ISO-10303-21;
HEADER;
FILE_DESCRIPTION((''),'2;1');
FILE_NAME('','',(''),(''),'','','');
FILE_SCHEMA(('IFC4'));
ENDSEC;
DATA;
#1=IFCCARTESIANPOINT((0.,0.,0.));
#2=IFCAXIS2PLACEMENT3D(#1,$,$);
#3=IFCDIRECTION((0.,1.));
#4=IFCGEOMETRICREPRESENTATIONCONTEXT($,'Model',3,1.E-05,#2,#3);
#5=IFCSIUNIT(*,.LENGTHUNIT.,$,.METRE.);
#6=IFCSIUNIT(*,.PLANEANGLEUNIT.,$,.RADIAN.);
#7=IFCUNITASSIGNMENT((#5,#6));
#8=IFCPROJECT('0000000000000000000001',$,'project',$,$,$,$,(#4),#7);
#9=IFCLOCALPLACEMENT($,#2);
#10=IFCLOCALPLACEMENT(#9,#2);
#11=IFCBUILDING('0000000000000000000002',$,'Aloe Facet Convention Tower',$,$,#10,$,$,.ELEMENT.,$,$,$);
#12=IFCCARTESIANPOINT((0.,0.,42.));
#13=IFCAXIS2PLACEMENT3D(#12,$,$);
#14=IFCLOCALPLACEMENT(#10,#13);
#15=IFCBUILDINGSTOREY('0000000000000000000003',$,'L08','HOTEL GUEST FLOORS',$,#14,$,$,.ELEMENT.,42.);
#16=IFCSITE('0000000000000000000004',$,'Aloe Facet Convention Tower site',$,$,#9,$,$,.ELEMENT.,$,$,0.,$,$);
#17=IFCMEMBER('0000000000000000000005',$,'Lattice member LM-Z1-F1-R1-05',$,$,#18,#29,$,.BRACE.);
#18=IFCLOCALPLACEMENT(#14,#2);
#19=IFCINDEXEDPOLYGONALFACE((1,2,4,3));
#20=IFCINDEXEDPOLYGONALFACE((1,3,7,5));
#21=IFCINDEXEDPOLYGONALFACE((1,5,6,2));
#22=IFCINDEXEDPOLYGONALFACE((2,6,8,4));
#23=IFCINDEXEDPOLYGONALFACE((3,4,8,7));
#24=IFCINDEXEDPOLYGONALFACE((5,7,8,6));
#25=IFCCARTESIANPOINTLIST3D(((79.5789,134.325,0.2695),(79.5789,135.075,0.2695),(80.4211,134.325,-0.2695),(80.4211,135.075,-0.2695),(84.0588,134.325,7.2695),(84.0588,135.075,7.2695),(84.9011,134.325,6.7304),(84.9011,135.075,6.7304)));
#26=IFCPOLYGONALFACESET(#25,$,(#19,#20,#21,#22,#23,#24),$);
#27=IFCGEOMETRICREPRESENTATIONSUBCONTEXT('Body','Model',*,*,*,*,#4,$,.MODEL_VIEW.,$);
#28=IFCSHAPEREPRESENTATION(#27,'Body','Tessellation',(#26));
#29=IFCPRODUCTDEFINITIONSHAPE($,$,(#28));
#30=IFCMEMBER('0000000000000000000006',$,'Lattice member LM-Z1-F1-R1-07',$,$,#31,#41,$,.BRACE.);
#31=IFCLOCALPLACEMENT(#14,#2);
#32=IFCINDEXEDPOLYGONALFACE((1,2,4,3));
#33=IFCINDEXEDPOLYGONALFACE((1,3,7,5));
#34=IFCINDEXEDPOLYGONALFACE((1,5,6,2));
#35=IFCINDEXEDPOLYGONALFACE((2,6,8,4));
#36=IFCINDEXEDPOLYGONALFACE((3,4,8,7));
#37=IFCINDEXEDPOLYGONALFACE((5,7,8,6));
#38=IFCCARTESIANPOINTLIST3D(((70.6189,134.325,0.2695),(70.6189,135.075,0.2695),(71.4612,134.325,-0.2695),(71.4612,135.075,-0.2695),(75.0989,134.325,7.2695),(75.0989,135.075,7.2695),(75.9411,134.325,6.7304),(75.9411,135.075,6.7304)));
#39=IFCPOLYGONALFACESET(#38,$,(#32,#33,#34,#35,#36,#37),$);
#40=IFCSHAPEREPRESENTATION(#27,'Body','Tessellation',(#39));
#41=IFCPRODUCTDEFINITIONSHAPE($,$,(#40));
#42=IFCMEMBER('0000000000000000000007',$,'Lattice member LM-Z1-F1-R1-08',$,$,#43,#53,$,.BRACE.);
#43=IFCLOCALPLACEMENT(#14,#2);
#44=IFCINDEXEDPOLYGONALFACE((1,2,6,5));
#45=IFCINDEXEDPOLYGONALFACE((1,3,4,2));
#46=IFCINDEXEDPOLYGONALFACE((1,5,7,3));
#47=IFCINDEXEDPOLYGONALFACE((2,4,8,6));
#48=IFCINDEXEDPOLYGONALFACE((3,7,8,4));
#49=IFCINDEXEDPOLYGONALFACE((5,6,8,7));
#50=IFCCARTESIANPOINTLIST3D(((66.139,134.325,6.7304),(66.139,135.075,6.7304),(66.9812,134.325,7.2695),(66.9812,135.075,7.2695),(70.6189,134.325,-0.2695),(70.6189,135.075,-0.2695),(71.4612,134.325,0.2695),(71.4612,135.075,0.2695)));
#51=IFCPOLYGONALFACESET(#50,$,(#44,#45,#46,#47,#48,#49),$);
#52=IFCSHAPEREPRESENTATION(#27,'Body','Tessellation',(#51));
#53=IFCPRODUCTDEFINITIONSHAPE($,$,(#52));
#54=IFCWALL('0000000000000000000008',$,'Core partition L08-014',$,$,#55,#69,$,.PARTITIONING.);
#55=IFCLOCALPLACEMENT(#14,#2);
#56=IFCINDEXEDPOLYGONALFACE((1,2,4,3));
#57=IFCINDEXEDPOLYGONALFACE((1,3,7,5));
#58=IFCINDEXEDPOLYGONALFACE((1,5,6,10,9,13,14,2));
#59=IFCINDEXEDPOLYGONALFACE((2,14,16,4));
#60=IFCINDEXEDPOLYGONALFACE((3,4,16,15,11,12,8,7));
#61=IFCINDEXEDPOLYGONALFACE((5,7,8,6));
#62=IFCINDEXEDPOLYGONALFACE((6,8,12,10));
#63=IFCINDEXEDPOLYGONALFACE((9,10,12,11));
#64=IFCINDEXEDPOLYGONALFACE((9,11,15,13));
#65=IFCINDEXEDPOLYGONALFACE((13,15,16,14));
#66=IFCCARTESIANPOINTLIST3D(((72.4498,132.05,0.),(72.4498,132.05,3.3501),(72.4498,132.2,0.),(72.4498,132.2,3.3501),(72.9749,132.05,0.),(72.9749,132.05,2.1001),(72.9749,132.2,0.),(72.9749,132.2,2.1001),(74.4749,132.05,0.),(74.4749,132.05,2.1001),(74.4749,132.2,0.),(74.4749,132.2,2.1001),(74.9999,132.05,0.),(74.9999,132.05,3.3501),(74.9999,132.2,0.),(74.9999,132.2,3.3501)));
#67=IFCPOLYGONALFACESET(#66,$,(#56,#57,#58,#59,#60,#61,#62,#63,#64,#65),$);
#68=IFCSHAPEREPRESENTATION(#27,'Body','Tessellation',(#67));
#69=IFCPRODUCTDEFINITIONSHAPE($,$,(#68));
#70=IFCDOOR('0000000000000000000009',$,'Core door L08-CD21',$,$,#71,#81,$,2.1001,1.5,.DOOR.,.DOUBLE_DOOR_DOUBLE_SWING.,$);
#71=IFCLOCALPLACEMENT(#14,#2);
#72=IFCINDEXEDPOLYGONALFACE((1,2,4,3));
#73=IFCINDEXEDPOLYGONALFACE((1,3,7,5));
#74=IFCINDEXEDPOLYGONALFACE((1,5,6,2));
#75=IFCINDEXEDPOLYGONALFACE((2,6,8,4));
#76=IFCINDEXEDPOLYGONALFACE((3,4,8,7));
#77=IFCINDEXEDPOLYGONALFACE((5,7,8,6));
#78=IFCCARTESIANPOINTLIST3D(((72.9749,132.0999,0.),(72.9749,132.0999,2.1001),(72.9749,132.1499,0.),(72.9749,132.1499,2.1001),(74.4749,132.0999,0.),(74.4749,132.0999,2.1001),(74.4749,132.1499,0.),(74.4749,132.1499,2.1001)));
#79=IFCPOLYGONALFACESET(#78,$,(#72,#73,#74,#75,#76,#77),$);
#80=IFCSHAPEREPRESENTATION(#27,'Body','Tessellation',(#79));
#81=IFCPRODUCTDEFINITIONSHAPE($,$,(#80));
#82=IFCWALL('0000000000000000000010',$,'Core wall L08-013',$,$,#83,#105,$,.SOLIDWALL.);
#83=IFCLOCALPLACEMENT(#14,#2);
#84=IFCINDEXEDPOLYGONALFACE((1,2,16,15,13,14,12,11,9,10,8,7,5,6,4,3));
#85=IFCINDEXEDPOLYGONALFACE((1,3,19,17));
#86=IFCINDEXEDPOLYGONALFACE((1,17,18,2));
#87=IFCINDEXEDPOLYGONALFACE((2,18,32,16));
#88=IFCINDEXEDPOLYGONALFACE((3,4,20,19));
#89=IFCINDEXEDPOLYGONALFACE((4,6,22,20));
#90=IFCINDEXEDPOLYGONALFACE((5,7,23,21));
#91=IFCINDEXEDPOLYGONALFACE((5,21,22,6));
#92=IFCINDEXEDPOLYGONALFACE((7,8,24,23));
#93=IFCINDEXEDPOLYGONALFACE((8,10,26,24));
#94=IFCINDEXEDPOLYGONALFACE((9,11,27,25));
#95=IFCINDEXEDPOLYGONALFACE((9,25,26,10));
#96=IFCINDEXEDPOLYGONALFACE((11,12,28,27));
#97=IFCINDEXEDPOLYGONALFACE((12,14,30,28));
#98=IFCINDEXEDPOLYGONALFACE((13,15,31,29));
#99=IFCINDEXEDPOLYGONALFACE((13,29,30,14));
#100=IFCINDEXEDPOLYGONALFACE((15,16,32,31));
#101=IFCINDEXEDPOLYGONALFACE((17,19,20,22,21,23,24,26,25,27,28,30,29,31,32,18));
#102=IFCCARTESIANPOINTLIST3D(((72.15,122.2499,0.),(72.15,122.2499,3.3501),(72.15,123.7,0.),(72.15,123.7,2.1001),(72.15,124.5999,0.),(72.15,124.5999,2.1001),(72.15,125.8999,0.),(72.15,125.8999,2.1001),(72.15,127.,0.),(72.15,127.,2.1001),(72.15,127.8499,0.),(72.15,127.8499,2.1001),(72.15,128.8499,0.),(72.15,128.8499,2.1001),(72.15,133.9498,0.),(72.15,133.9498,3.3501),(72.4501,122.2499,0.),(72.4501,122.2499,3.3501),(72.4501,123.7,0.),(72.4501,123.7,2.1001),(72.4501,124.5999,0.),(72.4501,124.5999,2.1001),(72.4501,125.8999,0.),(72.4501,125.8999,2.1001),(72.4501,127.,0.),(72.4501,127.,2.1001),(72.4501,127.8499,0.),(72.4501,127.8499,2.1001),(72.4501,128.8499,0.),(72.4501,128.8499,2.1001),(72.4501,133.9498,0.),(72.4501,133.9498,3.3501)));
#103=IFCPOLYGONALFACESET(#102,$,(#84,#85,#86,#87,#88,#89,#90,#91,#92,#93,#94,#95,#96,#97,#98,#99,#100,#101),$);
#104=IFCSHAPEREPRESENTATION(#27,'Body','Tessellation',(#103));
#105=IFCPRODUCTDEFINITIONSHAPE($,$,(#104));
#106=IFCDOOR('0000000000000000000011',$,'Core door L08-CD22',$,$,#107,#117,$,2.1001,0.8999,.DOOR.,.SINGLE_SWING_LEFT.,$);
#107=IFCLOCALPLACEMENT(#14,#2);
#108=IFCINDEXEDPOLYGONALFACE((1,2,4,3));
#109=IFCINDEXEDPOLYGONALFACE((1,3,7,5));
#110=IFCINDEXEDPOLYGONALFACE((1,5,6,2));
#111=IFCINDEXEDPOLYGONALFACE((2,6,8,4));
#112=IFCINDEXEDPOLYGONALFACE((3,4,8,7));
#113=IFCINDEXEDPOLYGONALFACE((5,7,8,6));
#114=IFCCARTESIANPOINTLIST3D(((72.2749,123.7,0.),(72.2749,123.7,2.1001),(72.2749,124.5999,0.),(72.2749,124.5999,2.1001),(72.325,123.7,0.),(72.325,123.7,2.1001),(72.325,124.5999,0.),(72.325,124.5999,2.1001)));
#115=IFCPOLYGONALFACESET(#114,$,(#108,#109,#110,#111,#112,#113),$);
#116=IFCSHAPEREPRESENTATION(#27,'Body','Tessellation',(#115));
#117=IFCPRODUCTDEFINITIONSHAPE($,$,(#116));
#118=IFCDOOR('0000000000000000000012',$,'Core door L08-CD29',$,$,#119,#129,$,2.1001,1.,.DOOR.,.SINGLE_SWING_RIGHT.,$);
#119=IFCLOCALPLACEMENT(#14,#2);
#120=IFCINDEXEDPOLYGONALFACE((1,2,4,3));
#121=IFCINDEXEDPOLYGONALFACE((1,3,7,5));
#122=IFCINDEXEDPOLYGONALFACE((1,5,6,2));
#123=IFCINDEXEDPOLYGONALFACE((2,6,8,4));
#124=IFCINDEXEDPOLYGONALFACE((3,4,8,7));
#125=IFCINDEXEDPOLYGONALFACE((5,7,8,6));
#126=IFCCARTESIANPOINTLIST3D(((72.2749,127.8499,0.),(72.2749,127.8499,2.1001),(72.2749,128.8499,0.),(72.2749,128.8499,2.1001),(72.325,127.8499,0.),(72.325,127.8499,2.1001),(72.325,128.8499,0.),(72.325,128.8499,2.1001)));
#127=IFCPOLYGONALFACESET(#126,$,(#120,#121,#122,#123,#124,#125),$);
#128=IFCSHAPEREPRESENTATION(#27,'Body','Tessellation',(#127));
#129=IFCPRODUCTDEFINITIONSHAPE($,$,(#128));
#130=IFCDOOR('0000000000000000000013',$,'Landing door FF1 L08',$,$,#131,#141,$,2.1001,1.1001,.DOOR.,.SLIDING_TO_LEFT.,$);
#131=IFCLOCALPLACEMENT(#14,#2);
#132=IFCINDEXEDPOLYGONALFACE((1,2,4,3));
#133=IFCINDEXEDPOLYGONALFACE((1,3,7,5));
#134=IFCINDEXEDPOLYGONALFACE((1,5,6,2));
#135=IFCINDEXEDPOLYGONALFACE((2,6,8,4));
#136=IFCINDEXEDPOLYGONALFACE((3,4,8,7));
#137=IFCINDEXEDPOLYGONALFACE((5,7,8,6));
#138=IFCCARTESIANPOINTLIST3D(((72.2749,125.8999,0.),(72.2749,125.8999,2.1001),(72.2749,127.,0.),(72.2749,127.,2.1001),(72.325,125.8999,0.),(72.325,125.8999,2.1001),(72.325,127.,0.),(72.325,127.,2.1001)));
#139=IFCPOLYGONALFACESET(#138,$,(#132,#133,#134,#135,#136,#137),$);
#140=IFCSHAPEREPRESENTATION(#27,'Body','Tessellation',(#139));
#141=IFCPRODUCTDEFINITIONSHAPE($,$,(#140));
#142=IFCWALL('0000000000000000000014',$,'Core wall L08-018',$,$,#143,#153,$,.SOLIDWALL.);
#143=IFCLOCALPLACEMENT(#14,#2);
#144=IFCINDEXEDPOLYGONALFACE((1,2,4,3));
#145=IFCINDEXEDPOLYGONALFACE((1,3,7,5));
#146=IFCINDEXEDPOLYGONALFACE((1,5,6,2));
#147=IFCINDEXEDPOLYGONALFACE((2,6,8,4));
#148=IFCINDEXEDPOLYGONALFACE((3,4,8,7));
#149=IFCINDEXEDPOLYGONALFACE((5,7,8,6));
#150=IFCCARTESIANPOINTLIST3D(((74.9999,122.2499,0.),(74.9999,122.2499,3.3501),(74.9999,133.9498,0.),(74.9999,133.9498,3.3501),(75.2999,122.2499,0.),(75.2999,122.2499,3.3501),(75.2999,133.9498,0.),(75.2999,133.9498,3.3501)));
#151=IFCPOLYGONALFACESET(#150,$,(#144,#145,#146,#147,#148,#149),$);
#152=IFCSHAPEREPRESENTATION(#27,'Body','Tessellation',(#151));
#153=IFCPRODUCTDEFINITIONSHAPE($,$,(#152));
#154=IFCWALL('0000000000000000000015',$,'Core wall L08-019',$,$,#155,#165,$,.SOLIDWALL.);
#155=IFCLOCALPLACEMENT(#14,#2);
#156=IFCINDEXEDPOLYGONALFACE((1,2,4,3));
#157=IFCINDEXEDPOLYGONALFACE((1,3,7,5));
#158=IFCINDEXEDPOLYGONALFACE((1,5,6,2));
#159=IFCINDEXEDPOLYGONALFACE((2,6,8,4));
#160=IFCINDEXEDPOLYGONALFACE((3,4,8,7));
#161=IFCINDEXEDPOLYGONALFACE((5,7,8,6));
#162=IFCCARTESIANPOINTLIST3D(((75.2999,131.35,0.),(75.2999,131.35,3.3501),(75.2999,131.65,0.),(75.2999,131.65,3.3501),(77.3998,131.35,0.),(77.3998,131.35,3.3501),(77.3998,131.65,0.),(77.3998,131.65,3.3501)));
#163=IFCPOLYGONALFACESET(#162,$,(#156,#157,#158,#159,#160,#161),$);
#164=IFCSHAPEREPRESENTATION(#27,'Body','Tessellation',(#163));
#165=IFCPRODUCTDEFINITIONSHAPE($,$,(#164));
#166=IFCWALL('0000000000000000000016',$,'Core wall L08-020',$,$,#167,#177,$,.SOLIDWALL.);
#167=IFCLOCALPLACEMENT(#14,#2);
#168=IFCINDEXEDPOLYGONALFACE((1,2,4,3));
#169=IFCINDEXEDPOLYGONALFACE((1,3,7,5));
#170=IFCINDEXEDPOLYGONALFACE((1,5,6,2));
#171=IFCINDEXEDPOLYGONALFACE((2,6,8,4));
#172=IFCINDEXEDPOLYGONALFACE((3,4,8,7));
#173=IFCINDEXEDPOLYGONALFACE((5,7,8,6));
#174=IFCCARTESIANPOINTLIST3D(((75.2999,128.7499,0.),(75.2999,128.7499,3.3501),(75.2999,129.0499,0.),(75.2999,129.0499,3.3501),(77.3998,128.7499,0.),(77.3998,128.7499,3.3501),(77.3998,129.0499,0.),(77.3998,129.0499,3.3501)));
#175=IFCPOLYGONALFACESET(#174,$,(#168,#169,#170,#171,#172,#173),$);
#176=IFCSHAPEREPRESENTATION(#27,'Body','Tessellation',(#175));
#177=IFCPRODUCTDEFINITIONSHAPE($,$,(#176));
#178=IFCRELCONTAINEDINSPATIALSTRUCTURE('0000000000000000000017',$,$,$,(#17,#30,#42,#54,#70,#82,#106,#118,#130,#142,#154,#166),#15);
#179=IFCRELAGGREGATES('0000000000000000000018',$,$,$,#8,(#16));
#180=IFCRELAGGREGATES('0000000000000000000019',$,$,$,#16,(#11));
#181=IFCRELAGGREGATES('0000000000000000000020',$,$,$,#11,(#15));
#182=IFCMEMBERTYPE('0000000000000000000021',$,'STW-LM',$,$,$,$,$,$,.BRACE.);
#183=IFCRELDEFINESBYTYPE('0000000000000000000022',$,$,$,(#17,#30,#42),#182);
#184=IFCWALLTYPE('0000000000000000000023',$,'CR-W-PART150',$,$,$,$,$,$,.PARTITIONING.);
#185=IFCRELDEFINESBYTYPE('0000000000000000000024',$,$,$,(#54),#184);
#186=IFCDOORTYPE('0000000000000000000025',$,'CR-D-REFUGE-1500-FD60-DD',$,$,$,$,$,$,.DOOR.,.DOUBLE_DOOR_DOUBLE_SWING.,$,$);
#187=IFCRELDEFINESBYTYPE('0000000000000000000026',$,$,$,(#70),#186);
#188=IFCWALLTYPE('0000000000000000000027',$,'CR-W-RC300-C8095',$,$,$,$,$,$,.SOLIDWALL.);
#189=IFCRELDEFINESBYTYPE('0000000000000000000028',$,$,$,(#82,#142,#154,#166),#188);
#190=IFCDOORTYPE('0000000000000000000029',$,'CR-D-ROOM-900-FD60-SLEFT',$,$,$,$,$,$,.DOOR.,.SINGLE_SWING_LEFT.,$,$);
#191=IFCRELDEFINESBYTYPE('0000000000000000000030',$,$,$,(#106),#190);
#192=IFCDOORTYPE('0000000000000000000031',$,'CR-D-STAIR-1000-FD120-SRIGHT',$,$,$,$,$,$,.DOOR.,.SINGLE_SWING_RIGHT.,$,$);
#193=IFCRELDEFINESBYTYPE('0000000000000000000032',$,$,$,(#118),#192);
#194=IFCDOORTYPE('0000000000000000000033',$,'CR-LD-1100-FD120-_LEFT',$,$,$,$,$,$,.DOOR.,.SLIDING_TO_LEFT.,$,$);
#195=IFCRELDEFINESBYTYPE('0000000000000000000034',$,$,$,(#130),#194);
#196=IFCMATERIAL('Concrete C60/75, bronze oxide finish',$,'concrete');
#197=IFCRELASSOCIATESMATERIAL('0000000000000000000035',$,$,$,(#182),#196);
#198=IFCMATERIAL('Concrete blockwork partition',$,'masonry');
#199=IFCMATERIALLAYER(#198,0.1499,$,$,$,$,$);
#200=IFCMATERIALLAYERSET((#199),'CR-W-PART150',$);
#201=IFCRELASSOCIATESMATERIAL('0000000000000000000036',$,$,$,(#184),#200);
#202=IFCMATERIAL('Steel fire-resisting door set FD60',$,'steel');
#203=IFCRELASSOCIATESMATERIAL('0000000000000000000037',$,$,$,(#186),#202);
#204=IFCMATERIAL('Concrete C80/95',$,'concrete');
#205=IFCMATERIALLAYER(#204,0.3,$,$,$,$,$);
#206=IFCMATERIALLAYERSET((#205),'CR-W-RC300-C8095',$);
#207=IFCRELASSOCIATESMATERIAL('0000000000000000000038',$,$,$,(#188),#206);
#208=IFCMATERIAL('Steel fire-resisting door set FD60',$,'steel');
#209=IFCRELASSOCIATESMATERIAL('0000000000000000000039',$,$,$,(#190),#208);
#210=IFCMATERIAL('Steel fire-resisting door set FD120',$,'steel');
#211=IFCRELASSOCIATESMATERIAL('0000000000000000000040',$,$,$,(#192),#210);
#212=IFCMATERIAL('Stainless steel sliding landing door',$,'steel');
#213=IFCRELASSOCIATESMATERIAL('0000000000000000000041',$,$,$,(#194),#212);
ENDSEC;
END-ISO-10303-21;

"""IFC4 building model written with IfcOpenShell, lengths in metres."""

from ifc_helpers import new_model, si_unit, direction, frame, frame_2d, origin, origin_2d, place, context, subcontext, project, spatial, rectangle, extrude, material, layer, layer_set, material_profile, profile_set, type_object, element, fill, save


model = new_model("IFC4")

# Units and contexts
model_context = context("Model", 3, precision=1e-05, world=origin(), true_north=direction((0.0, 1.0)))
body_context = subcontext(model_context, "Body", "Model", "MODEL_VIEW")
ifc_project = project(units=[si_unit("LENGTHUNIT", "METRE"), si_unit("PLANEANGLEUNIT", "RADIAN")], contexts=[model_context])

# Site, building, storey
site_placement = place(None, origin())
site = spatial("IfcSite", under=ifc_project, at=site_placement, Name="Aloe Facet Convention Tower site", CompositionType="ELEMENT", RefElevation=0.0)
building_placement = place(site_placement, origin())
building = spatial("IfcBuilding", under=site, at=building_placement, Name="Aloe Facet Convention Tower", CompositionType="ELEMENT")
storey_placement = place(building_placement, frame((0.0, 0.0, 42.0)))
storey = spatial("IfcBuildingStorey", under=building, at=storey_placement, Name="L08", Description="HOTEL GUEST FLOORS", CompositionType="ELEMENT", Elevation=42.0)

# Members
ifc_material_1 = material(Name="Concrete C60/75, bronze oxide finish", Category="concrete")
ifc_material_profile = material_profile(ifc_material_1, rectangle(XDim=0.75, YDim=1.0, at=origin_2d()), Name="STW-LM")
ifc_profile_set = profile_set([ifc_material_profile], Name="Concrete C60/75, bronze oxide finish")
member_type = type_object("IfcMemberType", Name="STW-LM", PredefinedType="BRACE", material=ifc_profile_set)
for number, where, z_axis, x_axis, name in (
    (1, (80.0, 134.7, 0.0), (0.539052, 0.0, 0.842272), (0.0, 1.0, 0.0), "Lattice member LM-Z1-F1-R1-05"),
    (2, (71.04, 134.7, 0.0), (0.539052, 0.0, 0.842272), (0.0, 1.0, 0.0), "Lattice member LM-Z1-F1-R1-07"),
    (3, (71.04, 134.7, 0.0), (-0.539052, 0.0, 0.842272), (0.0, -1.0, 0.0), "Lattice member LM-Z1-F1-R1-08"),
):
    element("IfcMember", number, at=place(storey_placement, frame(where, z_axis=z_axis, x_axis=x_axis)), inside=storey, type_object=member_type, Name=name, PredefinedType="BRACE", context=body_context, shape_type="SweptSolid", body=[
        extrude(rectangle(XDim=0.75, YDim=1.0, at=origin_2d()), origin(), (0.0, 0.0, 1.0), 8.3108),
    ])

# Wall, opening, door
ifc_material_2 = material(Name="Concrete blockwork partition", Category="masonry")
ifc_layer_1 = layer(ifc_material_2, 0.1499)
ifc_layer_set_1 = layer_set([ifc_layer_1], Name="CR-W-PART150")
wall_type_1 = type_object("IfcWallType", Name="CR-W-PART150", PredefinedType="PARTITIONING", material=ifc_layer_set_1)
wall_1_placement = place(storey_placement, frame((72.45, 132.125, 0.0), z_axis=(0.0, 0.0, 1.0), x_axis=(1.0, 0.0, 0.0)))
wall_1 = element("IfcWall", 4, at=wall_1_placement, inside=storey, type_object=wall_type_1, Name="Core partition L08-014", PredefinedType="PARTITIONING", context=body_context, shape_type="SweptSolid", body=[
    extrude(rectangle(XDim=2.55, YDim=0.1499, at=frame_2d((1.2749, 0.0))), origin(), (0.0, 0.0, 1.0), 3.3501),
])
opening_1_placement = place(wall_1_placement, frame((0.5249, 0.0, 0.0)))
opening_1 = element("IfcOpeningElement", 5, at=opening_1_placement, cuts=wall_1, PredefinedType="OPENING", context=body_context, shape_type="SweptSolid", body=[
    extrude(rectangle(XDim=1.5, YDim=2.1001, at=frame_2d((0.75, 1.05))), frame((0.0, 0.085, 0.0), z_axis=(0.0, -1.0, 0.0), x_axis=(1.0, 0.0, 0.0)), (0.0, 0.0, 1.0), 0.1699),
])
ifc_material_3 = material(Name="Steel fire-resisting door set FD60", Category="steel")
door_type_1 = type_object("IfcDoorType", Name="CR-D-REFUGE-1500-FD60-DD", OperationType="DOUBLE_DOOR_DOUBLE_SWING", PredefinedType="DOOR", material=ifc_material_3)
door_1_placement = place(opening_1_placement, origin())
door_1 = element("IfcDoor", 6, at=door_1_placement, inside=storey, type_object=door_type_1, Name="Core door L08-CD21", OperationType="DOUBLE_DOOR_DOUBLE_SWING", OverallHeight=2.1001, OverallWidth=1.5, PredefinedType="DOOR", context=body_context, shape_type="SweptSolid", body=[
    extrude(rectangle(XDim=1.5, YDim=2.1001, at=frame_2d((0.75, 1.05))), frame((0.0, 0.0249, 0.0), z_axis=(0.0, -1.0, 0.0), x_axis=(1.0, 0.0, 0.0)), (0.0, 0.0, 1.0), 0.05),
])
fill(opening_1, door_1)

# Wall, openings, doors
ifc_material_4 = material(Name="Concrete C80/95", Category="concrete")
ifc_layer_2 = layer(ifc_material_4, 0.3)
ifc_layer_set_2 = layer_set([ifc_layer_2], Name="CR-W-RC300-C8095")
wall_type_2 = type_object("IfcWallType", Name="CR-W-RC300-C8095", PredefinedType="SOLIDWALL", material=ifc_layer_set_2)
wall_2_placement = place(storey_placement, frame((72.3, 133.95, 0.0), z_axis=(0.0, 0.0, 1.0), x_axis=(0.0, -1.0, 0.0)))
wall_2 = element("IfcWall", 7, at=wall_2_placement, inside=storey, type_object=wall_type_2, Name="Core wall L08-013", PredefinedType="SOLIDWALL", context=body_context, shape_type="SweptSolid", body=[
    extrude(rectangle(XDim=11.7, YDim=0.3, at=frame_2d((5.8501, 0.0))), origin(), (0.0, 0.0, 1.0), 3.3501),
])
opening_2_placement = place(wall_2_placement, frame((6.95, 0.0, 0.0)))
opening_2 = element("IfcOpeningElement", 8, at=opening_2_placement, cuts=wall_2, PredefinedType="OPENING", context=body_context, shape_type="SweptSolid", body=[
    extrude(rectangle(XDim=1.1001, YDim=2.1001, at=frame_2d((0.55, 1.05))), frame((0.0, 0.1602, 0.0), z_axis=(0.0, -1.0, 0.0), x_axis=(1.0, 0.0, 0.0)), (0.0, 0.0, 1.0), 0.3201),
])
opening_3_placement = place(wall_2_placement, frame((9.3501, 0.0, 0.0)))
opening_3 = element("IfcOpeningElement", 9, at=opening_3_placement, cuts=wall_2, PredefinedType="OPENING", context=body_context, shape_type="SweptSolid", body=[
    extrude(rectangle(XDim=0.8999, YDim=2.1001, at=frame_2d((0.45, 1.05))), frame((0.0, 0.1602, 0.0), z_axis=(0.0, -1.0, 0.0), x_axis=(1.0, 0.0, 0.0)), (0.0, 0.0, 1.0), 0.3201),
])
opening_4_placement = place(wall_2_placement, frame((5.1001, 0.0, 0.0)))
opening_4 = element("IfcOpeningElement", 10, at=opening_4_placement, cuts=wall_2, PredefinedType="OPENING", context=body_context, shape_type="SweptSolid", body=[
    extrude(rectangle(XDim=1.0, YDim=2.1001, at=frame_2d((0.5, 1.05))), frame((0.0, 0.1602, 0.0), z_axis=(0.0, -1.0, 0.0), x_axis=(1.0, 0.0, 0.0)), (0.0, 0.0, 1.0), 0.3201),
])
ifc_material_5 = material(Name="Steel fire-resisting door set FD60", Category="steel")
door_type_2 = type_object("IfcDoorType", Name="CR-D-ROOM-900-FD60-SLEFT", OperationType="SINGLE_SWING_LEFT", PredefinedType="DOOR", material=ifc_material_5)
door_2_placement = place(opening_3_placement, origin())
door_2 = element("IfcDoor", 11, at=door_2_placement, inside=storey, type_object=door_type_2, Name="Core door L08-CD22", OperationType="SINGLE_SWING_LEFT", OverallHeight=2.1001, OverallWidth=0.8999, PredefinedType="DOOR", context=body_context, shape_type="SweptSolid", body=[
    extrude(rectangle(XDim=0.8999, YDim=2.1001, at=frame_2d((0.45, 1.05))), frame((0.0, 0.0249, 0.0), z_axis=(0.0, -1.0, 0.0), x_axis=(1.0, 0.0, 0.0)), (0.0, 0.0, 1.0), 0.05),
])
fill(opening_3, door_2)
ifc_material_6 = material(Name="Steel fire-resisting door set FD120", Category="steel")
door_type_3 = type_object("IfcDoorType", Name="CR-D-STAIR-1000-FD120-SRIGHT", OperationType="SINGLE_SWING_RIGHT", PredefinedType="DOOR", material=ifc_material_6)
door_3_placement = place(opening_4_placement, origin())
door_3 = element("IfcDoor", 12, at=door_3_placement, inside=storey, type_object=door_type_3, Name="Core door L08-CD29", OperationType="SINGLE_SWING_RIGHT", OverallHeight=2.1001, OverallWidth=1.0, PredefinedType="DOOR", context=body_context, shape_type="SweptSolid", body=[
    extrude(rectangle(XDim=1.0, YDim=2.1001, at=frame_2d((0.5, 1.05))), frame((0.0, 0.0249, 0.0), z_axis=(0.0, -1.0, 0.0), x_axis=(1.0, 0.0, 0.0)), (0.0, 0.0, 1.0), 0.05),
])
fill(opening_4, door_3)
ifc_material_7 = material(Name="Stainless steel sliding landing door", Category="steel")
door_type_4 = type_object("IfcDoorType", Name="CR-LD-1100-FD120-_LEFT", OperationType="SLIDING_TO_LEFT", PredefinedType="DOOR", material=ifc_material_7)
door_4_placement = place(opening_2_placement, origin())
door_4 = element("IfcDoor", 13, at=door_4_placement, inside=storey, type_object=door_type_4, Name="Landing door FF1 L08", OperationType="SLIDING_TO_LEFT", OverallHeight=2.1001, OverallWidth=1.1001, PredefinedType="DOOR", context=body_context, shape_type="SweptSolid", body=[
    extrude(rectangle(XDim=1.1001, YDim=2.1001, at=frame_2d((0.55, 1.05))), frame((0.0, 0.0249, 0.0), z_axis=(0.0, -1.0, 0.0), x_axis=(1.0, 0.0, 0.0)), (0.0, 0.0, 1.0), 0.05),
])
fill(opening_2, door_4)

# Walls
wall_3_placement = place(storey_placement, frame((75.1499, 133.95, 0.0), z_axis=(0.0, 0.0, 1.0), x_axis=(0.0, -1.0, 0.0)))
element("IfcWall", 14, at=wall_3_placement, inside=storey, type_object=wall_type_2, Name="Core wall L08-018", PredefinedType="SOLIDWALL", context=body_context, shape_type="SweptSolid", body=[
    extrude(rectangle(XDim=11.7, YDim=0.3, at=frame_2d((5.8501, 0.0))), origin(), (0.0, 0.0, 1.0), 3.3501),
])
for number, where, z_axis, x_axis, name in (
    (15, (75.3, 131.5, 0.0), (0.0, 0.0, 1.0), (1.0, 0.0, 0.0), "Core wall L08-019"),
    (16, (75.3, 128.8999, 0.0), (0.0, 0.0, 1.0), (1.0, 0.0, 0.0), "Core wall L08-020"),
):
    element("IfcWall", number, at=place(storey_placement, frame(where, z_axis=z_axis, x_axis=x_axis)), inside=storey, type_object=wall_type_2, Name=name, PredefinedType="SOLIDWALL", context=body_context, shape_type="SweptSolid", body=[
        extrude(rectangle(XDim=2.0999, YDim=0.3, at=frame_2d((1.0498, 0.0))), origin(), (0.0, 0.0, 1.0), 3.3501),
    ])

save(model, "model.ifc")
